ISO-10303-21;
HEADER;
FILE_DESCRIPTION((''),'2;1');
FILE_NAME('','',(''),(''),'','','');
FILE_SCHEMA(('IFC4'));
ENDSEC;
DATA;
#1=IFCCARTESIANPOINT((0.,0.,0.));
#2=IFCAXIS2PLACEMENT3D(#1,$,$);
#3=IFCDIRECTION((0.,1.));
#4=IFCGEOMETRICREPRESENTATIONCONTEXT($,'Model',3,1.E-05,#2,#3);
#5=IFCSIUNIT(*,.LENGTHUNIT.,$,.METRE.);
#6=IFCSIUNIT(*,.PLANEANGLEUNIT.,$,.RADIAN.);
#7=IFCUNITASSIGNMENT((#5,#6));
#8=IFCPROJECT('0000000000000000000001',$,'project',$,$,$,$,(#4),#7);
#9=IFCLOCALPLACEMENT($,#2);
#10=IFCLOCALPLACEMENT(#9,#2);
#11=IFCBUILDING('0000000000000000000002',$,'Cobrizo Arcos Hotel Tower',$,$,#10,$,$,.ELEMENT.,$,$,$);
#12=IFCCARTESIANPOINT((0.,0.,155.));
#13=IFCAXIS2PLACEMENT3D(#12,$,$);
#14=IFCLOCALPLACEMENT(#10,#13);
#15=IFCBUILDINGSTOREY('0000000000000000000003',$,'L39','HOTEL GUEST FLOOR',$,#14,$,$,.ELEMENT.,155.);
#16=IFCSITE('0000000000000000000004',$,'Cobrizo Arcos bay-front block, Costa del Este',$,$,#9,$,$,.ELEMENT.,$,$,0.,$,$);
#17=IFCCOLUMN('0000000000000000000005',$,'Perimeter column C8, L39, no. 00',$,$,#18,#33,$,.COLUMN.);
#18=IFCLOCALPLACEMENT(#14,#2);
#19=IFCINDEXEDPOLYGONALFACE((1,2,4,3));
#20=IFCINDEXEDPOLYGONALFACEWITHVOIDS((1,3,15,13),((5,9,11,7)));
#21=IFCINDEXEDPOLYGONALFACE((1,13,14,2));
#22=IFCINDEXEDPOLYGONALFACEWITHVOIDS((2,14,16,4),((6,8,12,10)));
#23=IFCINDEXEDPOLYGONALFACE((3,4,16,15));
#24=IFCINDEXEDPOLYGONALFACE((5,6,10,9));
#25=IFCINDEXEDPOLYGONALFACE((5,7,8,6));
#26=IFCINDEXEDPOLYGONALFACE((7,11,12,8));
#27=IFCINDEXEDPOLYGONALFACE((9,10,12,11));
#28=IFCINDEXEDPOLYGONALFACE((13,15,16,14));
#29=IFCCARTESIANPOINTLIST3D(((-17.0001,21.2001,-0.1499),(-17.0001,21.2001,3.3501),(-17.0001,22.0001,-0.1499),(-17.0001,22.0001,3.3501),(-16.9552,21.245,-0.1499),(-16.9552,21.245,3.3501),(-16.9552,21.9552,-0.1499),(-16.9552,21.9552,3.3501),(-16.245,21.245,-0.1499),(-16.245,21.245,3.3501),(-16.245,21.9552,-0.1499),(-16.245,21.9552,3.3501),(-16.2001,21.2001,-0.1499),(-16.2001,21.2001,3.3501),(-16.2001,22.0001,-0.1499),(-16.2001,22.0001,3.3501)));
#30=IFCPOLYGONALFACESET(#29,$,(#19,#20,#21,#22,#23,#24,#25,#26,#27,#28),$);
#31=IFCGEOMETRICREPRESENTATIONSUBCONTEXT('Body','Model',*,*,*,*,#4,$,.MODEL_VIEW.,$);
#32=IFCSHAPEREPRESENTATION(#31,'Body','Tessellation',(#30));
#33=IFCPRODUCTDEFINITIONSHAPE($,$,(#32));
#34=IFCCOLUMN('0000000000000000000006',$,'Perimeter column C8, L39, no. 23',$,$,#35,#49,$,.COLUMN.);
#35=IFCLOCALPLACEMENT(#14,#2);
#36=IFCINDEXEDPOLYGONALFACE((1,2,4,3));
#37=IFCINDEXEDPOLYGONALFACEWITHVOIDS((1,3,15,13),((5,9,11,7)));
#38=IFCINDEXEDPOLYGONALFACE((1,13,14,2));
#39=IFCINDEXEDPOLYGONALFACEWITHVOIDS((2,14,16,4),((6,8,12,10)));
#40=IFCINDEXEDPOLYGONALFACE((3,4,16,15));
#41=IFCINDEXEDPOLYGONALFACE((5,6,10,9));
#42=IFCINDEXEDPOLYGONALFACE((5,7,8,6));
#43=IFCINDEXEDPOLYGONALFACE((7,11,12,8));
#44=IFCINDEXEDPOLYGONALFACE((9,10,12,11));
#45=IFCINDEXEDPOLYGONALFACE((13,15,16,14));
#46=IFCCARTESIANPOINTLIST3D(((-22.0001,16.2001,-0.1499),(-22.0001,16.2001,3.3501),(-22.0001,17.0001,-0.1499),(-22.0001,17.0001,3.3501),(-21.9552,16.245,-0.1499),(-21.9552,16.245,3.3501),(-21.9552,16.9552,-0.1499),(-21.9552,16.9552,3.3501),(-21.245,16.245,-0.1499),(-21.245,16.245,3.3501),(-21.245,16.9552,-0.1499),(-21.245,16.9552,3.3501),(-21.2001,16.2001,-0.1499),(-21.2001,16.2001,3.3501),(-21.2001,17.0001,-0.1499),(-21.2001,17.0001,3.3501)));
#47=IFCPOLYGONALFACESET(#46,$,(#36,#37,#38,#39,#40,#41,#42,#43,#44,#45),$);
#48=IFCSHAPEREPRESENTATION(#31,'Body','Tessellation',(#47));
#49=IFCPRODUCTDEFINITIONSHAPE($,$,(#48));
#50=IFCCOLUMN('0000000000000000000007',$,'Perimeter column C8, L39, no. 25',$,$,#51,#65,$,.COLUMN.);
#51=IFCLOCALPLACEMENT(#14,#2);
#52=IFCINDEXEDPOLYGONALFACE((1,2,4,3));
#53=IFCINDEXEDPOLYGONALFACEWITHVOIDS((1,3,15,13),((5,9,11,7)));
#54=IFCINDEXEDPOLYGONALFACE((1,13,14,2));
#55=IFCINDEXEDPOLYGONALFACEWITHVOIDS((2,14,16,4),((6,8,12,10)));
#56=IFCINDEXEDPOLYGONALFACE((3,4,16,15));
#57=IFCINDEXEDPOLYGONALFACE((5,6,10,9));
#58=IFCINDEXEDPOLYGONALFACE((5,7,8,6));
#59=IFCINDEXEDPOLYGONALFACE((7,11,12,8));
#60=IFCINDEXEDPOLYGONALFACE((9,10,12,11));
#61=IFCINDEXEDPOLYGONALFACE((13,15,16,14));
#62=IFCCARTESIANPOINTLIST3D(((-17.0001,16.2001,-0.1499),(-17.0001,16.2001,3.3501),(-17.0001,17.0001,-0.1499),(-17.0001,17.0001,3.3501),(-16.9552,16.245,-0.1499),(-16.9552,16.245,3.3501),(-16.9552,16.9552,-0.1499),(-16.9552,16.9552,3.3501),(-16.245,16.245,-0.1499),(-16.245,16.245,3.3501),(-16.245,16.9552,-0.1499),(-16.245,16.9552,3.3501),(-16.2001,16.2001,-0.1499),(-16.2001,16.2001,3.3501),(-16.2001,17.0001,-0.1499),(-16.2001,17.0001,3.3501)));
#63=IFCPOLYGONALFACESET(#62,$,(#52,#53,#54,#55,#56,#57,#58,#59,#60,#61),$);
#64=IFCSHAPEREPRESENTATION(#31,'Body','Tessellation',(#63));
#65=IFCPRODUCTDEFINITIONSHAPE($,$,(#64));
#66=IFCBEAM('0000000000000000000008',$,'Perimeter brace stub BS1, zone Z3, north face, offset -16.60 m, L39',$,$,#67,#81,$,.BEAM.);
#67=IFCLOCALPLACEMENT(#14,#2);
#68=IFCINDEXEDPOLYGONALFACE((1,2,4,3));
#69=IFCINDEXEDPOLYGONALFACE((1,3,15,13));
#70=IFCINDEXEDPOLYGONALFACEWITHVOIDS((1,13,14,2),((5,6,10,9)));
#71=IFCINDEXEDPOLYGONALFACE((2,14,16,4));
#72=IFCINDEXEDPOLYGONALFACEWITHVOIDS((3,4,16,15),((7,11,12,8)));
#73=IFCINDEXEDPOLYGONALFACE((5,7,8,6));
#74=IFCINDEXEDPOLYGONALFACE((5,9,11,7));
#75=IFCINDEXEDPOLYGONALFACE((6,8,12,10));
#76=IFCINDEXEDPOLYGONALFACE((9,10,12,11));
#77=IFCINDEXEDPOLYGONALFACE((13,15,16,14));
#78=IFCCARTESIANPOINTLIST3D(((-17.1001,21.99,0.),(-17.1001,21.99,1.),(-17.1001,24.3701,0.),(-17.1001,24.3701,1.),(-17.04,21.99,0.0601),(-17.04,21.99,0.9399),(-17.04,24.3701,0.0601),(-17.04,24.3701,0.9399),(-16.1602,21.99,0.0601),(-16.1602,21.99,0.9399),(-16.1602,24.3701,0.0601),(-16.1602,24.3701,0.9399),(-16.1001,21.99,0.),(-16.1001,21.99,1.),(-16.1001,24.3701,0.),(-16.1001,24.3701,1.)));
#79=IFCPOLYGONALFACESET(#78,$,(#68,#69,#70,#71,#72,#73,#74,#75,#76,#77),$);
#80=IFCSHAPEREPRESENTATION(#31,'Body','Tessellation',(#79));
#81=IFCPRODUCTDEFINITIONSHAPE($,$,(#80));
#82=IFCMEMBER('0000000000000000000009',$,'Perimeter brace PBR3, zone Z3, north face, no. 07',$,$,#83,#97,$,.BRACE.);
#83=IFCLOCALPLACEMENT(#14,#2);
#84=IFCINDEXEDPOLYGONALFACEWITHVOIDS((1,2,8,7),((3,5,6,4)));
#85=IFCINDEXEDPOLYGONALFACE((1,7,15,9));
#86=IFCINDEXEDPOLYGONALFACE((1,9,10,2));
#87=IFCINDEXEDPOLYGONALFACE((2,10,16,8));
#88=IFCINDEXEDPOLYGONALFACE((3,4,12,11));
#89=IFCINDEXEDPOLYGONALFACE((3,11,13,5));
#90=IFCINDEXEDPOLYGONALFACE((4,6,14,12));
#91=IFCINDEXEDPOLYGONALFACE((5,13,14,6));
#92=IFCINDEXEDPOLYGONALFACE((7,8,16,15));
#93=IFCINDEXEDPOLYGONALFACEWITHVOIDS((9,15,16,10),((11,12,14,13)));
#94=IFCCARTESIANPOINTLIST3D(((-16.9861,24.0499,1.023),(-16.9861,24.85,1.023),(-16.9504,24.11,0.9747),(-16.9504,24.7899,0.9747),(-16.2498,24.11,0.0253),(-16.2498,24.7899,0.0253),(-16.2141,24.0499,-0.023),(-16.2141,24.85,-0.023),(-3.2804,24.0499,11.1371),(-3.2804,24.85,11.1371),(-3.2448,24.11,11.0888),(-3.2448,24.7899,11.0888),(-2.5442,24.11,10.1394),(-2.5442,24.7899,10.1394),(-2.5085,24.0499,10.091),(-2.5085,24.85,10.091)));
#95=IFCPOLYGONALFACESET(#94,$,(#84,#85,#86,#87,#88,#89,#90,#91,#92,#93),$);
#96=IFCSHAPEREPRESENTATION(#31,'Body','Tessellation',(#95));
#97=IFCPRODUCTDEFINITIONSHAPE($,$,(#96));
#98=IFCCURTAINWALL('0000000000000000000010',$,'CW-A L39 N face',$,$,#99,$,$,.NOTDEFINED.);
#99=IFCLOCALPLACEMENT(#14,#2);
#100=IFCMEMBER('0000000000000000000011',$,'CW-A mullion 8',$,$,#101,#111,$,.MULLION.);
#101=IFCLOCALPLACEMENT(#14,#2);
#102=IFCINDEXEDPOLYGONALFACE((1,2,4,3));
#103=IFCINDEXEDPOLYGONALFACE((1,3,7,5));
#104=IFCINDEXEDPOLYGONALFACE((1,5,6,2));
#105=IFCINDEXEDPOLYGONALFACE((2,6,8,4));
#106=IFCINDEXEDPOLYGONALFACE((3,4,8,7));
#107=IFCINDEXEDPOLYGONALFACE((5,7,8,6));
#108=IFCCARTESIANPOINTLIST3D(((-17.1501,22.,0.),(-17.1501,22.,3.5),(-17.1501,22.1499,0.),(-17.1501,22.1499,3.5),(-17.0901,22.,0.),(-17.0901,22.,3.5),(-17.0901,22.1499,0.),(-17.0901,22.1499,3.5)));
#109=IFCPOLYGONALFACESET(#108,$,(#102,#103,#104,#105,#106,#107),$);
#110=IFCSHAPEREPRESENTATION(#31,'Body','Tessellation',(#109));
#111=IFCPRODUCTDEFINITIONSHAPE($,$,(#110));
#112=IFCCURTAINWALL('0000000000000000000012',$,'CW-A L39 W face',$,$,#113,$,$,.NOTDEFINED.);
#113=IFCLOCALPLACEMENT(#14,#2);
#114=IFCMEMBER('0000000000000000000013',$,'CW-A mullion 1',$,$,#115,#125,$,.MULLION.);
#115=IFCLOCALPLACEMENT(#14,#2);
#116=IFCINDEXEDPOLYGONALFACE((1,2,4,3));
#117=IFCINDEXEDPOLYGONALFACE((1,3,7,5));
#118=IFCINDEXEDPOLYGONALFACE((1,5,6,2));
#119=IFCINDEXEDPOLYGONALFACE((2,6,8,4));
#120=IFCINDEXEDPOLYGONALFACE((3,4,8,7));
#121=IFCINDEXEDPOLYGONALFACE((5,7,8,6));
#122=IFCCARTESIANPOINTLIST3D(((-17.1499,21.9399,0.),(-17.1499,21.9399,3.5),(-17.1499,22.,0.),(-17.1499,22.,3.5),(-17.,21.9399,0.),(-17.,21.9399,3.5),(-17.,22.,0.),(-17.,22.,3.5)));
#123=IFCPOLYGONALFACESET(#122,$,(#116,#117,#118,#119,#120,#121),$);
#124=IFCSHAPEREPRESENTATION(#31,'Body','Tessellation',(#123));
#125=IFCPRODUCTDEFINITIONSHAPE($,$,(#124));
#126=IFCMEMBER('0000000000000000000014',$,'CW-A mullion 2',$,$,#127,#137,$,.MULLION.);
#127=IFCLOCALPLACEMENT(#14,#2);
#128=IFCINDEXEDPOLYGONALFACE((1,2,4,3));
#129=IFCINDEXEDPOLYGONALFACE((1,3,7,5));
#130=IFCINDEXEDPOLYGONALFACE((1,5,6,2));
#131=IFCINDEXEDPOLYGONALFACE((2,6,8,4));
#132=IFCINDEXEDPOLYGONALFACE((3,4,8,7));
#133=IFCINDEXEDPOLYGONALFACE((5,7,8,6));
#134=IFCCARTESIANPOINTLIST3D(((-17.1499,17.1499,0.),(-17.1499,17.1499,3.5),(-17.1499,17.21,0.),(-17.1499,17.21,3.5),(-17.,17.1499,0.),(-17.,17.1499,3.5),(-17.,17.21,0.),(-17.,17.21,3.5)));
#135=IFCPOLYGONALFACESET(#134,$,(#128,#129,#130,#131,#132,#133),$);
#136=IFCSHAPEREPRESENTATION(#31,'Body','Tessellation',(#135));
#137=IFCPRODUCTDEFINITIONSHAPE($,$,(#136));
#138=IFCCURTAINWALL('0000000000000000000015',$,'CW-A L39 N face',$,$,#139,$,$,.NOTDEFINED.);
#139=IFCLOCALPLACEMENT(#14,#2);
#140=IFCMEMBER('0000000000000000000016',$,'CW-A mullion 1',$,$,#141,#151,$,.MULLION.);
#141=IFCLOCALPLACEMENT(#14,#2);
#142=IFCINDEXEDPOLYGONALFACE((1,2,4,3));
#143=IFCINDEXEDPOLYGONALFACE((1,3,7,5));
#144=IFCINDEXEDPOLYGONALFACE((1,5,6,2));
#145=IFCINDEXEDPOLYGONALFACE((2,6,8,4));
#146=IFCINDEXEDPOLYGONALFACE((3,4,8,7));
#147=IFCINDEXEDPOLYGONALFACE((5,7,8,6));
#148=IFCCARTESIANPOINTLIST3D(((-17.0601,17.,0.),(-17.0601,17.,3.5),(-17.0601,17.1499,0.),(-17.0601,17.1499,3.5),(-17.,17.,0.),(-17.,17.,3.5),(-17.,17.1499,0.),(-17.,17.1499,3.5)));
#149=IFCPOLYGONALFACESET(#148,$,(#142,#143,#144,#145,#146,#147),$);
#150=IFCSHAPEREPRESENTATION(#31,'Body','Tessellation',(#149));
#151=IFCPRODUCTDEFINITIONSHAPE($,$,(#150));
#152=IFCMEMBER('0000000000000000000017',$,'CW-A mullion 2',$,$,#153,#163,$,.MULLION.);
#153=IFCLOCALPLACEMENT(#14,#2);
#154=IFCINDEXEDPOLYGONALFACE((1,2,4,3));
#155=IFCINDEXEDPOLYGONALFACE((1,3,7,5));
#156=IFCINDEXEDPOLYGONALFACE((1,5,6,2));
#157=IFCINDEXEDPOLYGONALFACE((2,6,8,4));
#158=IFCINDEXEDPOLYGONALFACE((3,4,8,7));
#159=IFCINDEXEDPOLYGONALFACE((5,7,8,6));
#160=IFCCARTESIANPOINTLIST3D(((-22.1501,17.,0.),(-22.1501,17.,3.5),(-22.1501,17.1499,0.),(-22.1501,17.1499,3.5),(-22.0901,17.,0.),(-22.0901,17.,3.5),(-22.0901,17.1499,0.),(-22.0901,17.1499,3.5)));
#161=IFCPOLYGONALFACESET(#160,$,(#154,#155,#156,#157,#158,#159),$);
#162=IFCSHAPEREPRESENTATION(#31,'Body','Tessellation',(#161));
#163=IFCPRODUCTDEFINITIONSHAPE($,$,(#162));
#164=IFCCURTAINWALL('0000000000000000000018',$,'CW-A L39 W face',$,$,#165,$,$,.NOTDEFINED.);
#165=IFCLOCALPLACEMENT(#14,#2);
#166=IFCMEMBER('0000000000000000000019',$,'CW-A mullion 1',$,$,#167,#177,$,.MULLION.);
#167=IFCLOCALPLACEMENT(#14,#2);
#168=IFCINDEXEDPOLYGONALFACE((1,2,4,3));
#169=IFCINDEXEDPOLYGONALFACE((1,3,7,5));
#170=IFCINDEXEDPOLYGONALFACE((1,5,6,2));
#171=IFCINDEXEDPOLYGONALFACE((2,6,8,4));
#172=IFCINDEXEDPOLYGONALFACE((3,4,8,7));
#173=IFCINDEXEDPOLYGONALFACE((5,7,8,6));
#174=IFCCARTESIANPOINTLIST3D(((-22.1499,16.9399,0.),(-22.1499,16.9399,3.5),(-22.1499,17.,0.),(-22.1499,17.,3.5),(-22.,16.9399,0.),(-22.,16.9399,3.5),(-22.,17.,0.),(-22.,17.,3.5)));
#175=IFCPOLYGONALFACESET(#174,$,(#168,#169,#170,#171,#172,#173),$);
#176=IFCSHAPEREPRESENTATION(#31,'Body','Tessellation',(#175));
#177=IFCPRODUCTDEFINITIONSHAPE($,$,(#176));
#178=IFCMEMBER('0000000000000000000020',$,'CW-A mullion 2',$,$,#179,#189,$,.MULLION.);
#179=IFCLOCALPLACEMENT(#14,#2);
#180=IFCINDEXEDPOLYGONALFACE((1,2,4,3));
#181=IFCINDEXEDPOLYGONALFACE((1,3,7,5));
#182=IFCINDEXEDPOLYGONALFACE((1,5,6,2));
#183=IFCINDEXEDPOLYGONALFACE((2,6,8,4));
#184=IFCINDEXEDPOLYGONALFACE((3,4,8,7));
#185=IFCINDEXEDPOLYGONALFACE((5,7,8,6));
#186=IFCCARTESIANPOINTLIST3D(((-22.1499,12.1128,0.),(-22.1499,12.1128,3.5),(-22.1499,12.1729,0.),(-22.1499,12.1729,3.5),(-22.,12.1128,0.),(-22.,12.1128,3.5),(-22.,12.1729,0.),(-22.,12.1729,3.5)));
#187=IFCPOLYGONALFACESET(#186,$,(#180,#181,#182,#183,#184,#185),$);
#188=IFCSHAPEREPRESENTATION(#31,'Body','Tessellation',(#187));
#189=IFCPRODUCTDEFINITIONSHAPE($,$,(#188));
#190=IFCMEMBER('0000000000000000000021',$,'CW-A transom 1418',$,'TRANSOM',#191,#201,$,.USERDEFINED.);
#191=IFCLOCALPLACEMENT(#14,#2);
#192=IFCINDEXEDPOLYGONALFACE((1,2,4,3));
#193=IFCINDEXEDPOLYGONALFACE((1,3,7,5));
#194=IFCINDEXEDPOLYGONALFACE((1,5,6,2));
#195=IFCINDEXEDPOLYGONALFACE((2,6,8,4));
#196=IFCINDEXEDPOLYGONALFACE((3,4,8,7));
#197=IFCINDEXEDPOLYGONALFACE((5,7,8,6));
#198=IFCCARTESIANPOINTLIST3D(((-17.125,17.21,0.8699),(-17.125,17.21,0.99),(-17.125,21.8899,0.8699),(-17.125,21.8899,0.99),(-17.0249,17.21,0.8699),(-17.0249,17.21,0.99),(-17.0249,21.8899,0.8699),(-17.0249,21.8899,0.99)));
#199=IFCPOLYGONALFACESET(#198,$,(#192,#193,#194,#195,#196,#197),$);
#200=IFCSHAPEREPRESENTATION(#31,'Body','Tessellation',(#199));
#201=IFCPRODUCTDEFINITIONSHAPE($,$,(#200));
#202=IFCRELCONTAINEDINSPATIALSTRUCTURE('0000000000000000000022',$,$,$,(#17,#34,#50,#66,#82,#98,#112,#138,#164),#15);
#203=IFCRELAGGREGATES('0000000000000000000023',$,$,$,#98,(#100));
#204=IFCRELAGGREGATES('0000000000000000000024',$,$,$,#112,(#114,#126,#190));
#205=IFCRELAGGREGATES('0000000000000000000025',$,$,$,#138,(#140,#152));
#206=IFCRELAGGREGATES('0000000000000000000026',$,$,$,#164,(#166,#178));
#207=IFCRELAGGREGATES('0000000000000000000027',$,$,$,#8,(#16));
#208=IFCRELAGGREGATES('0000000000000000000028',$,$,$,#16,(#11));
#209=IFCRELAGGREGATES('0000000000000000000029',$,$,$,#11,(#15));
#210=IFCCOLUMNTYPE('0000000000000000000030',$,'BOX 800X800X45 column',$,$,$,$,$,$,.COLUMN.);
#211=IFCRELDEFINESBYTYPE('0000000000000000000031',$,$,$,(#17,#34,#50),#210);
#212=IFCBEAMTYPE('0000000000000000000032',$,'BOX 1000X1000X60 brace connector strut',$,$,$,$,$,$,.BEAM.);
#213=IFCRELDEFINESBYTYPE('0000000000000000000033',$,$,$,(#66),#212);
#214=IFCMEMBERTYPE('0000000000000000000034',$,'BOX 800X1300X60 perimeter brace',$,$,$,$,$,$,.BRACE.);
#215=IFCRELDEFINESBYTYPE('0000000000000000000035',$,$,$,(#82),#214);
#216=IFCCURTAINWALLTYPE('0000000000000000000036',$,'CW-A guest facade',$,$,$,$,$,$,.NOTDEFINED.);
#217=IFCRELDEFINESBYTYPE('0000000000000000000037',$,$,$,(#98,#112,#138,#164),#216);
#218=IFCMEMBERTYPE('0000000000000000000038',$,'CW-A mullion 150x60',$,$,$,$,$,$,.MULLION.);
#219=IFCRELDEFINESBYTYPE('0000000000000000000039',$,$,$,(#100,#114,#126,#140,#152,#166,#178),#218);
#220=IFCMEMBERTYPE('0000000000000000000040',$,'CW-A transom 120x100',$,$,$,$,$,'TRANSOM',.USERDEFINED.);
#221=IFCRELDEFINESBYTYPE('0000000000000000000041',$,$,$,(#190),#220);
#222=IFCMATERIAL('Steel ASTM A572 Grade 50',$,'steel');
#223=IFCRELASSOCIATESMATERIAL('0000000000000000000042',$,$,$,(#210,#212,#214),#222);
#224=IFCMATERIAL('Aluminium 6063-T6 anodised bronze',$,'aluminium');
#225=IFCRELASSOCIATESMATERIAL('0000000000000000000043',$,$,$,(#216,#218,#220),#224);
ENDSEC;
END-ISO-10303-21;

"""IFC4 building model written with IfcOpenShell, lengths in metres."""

from ifc_helpers import new_model, si_unit, direction, frame, origin, origin_2d, place, context, subcontext, project, spatial, rectangle, hollow_rectangle, extrude, material, material_profile, profile_set, type_object, element, aggregate, save


model = new_model("IFC4")

# Units and contexts
model_context = context("Model", 3, precision=1e-05, world=origin(), true_north=direction((0.0, 1.0)))
body_context = subcontext(model_context, "Body", "Model", "MODEL_VIEW")
ifc_project = project(units=[si_unit("LENGTHUNIT", "METRE"), si_unit("PLANEANGLEUNIT", "RADIAN")], contexts=[model_context])

# Site, building, storey
site_placement = place(None, origin())
site = spatial("IfcSite", under=ifc_project, at=site_placement, Name="Cobrizo Arcos bay-front block, Costa del Este", CompositionType="ELEMENT", RefElevation=0.0)
building_placement = place(site_placement, origin())
building = spatial("IfcBuilding", under=site, at=building_placement, Name="Cobrizo Arcos Hotel Tower", CompositionType="ELEMENT")
storey_placement = place(building_placement, frame((0.0, 0.0, 155.0)))
storey = spatial("IfcBuildingStorey", under=building, at=storey_placement, Name="L39", Description="HOTEL GUEST FLOOR", CompositionType="ELEMENT", Elevation=155.0)

# Columns
ifc_material_1 = material(Name="Steel ASTM A572 Grade 50", Category="steel")
ifc_material_profile_1 = material_profile(ifc_material_1, hollow_rectangle(XDim=0.8, YDim=0.8, WallThickness=0.0449, at=origin_2d()), Name="BOX 800X800X45")
ifc_profile_set_1 = profile_set([ifc_material_profile_1], Name="Steel ASTM A572 Grade 50")
column_type = type_object("IfcColumnType", Name="BOX 800X800X45 column", PredefinedType="COLUMN", material=ifc_profile_set_1)
for number, where, z_axis, x_axis, name in (
    (1, (-16.6001, 21.6001, -0.1499), (0.0, 0.0, 1.0), (1.0, 0.0, 0.0), "Perimeter column C8, L39, no. 00"),
    (2, (-21.6001, 16.6001, -0.1499), (0.0, 0.0, 1.0), (1.0, 0.0, 0.0), "Perimeter column C8, L39, no. 23"),
    (3, (-16.6001, 16.6001, -0.1499), (0.0, 0.0, 1.0), (1.0, 0.0, 0.0), "Perimeter column C8, L39, no. 25"),
):
    element("IfcColumn", number, at=place(storey_placement, frame(where, z_axis=z_axis, x_axis=x_axis)), inside=storey, type_object=column_type, Name=name, PredefinedType="COLUMN", context=body_context, shape_type="SweptSolid", body=[
        extrude(hollow_rectangle(XDim=0.8, YDim=0.8, WallThickness=0.0449, at=origin_2d()), origin(), (0.0, 0.0, 1.0), 3.5),
    ])

# Beam
ifc_material_profile_2 = material_profile(ifc_material_1, hollow_rectangle(XDim=1.0, YDim=1.0, WallThickness=0.0601, at=origin_2d()), Name="BOX 1000X1000X60")
ifc_profile_set_2 = profile_set([ifc_material_profile_2], Name="Steel ASTM A572 Grade 50")
beam_type_1 = type_object("IfcBeamType", Name="BOX 1000X1000X60 brace connector strut", PredefinedType="BEAM", material=ifc_profile_set_2)
beam_1_placement = place(storey_placement, frame((-16.6001, 21.99, 0.5), z_axis=(0.0, 1.0, 0.0), x_axis=(-1.0, 0.0, 0.0)))
element("IfcBeam", 4, at=beam_1_placement, inside=storey, type_object=beam_type_1, Name="Perimeter brace stub BS1, zone Z3, north face, offset -16.60 m, L39", PredefinedType="BEAM", context=body_context, shape_type="SweptSolid", body=[
    extrude(hollow_rectangle(XDim=1.0, YDim=1.0, WallThickness=0.0601, at=origin_2d()), origin(), (0.0, 0.0, 1.0), 2.3801),
])

# Member
ifc_material_profile_3 = material_profile(ifc_material_1, hollow_rectangle(XDim=0.8, YDim=1.3, WallThickness=0.0601, at=origin_2d()), Name="BOX 800X1300X60")
ifc_profile_set_3 = profile_set([ifc_material_profile_3], Name="Steel ASTM A572 Grade 50")
member_type_1 = type_object("IfcMemberType", Name="BOX 800X1300X60 perimeter brace", PredefinedType="BRACE", material=ifc_profile_set_3)
member_1_placement = place(storey_placement, frame((-16.6001, 24.45, 0.5), z_axis=(0.80463, 0.0, 0.593776), x_axis=(0.0, 1.0, 0.0)))
element("IfcMember", 5, at=member_1_placement, inside=storey, type_object=member_type_1, Name="Perimeter brace PBR3, zone Z3, north face, no. 07", PredefinedType="BRACE", context=body_context, shape_type="SweptSolid", body=[
    extrude(hollow_rectangle(XDim=0.8, YDim=1.3, WallThickness=0.0601, at=origin_2d()), origin(), (0.0, 0.0, 1.0), 17.0334),
])

# Curtain wall, member
ifc_material_2 = material(Name="Aluminium 6063-T6 anodised bronze", Category="aluminium")
curtain_wall_type = type_object("IfcCurtainWallType", Name="CW-A guest facade", PredefinedType="NOTDEFINED", material=ifc_material_2)
curtain_wall_1_placement = place(storey_placement, origin())
curtain_wall_1 = element("IfcCurtainWall", 6, at=curtain_wall_1_placement, inside=storey, type_object=curtain_wall_type, Name="CW-A L39 N face", PredefinedType="NOTDEFINED")
ifc_material_profile_4 = material_profile(ifc_material_2, rectangle(XDim=0.1499, YDim=0.0601, at=origin_2d()), Name="CW-A mullion 150x60")
ifc_profile_set_4 = profile_set([ifc_material_profile_4], Name="Aluminium 6063-T6 anodised bronze")
member_type_2 = type_object("IfcMemberType", Name="CW-A mullion 150x60", PredefinedType="MULLION", material=ifc_profile_set_4)
member_2_placement = place(storey_placement, frame((-17.1201, 22.075, 0.0), z_axis=(0.0, 0.0, 1.0), x_axis=(0.0, 1.0, 0.0)))
member_2 = element("IfcMember", 7, at=member_2_placement, type_object=member_type_2, Name="CW-A mullion 8", PredefinedType="MULLION", context=body_context, shape_type="SweptSolid", body=[
    extrude(rectangle(XDim=0.1499, YDim=0.0601, at=origin_2d()), origin(), (0.0, 0.0, 1.0), 3.5),
])

# Curtain walls, members
curtain_wall_2_placement = place(storey_placement, origin())
curtain_wall_2 = element("IfcCurtainWall", 8, at=curtain_wall_2_placement, inside=storey, type_object=curtain_wall_type, Name="CW-A L39 W face", PredefinedType="NOTDEFINED")
member_3_placement = place(storey_placement, frame((-17.075, 21.97, 0.0), z_axis=(0.0, 0.0, 1.0), x_axis=(-1.0, 0.0, 0.0)))
member_3 = element("IfcMember", 9, at=member_3_placement, type_object=member_type_2, Name="CW-A mullion 1", PredefinedType="MULLION", context=body_context, shape_type="SweptSolid", body=[
    extrude(rectangle(XDim=0.1499, YDim=0.0601, at=origin_2d()), origin(), (0.0, 0.0, 1.0), 3.5),
])
member_4_placement = place(storey_placement, frame((-17.075, 17.1799, 0.0), z_axis=(0.0, 0.0, 1.0), x_axis=(-1.0, 0.0, 0.0)))
member_4 = element("IfcMember", 10, at=member_4_placement, type_object=member_type_2, Name="CW-A mullion 2", PredefinedType="MULLION", context=body_context, shape_type="SweptSolid", body=[
    extrude(rectangle(XDim=0.1499, YDim=0.0601, at=origin_2d()), origin(), (0.0, 0.0, 1.0), 3.5),
])
curtain_wall_3_placement = place(storey_placement, origin())
curtain_wall_3 = element("IfcCurtainWall", 11, at=curtain_wall_3_placement, inside=storey, type_object=curtain_wall_type, Name="CW-A L39 N face", PredefinedType="NOTDEFINED")
member_5_placement = place(storey_placement, frame((-17.03, 17.075, 0.0), z_axis=(0.0, 0.0, 1.0), x_axis=(0.0, 1.0, 0.0)))
member_5 = element("IfcMember", 12, at=member_5_placement, type_object=member_type_2, Name="CW-A mullion 1", PredefinedType="MULLION", context=body_context, shape_type="SweptSolid", body=[
    extrude(rectangle(XDim=0.1499, YDim=0.0601, at=origin_2d()), origin(), (0.0, 0.0, 1.0), 3.5),
])
member_6_placement = place(storey_placement, frame((-22.1201, 17.075, 0.0), z_axis=(0.0, 0.0, 1.0), x_axis=(0.0, 1.0, 0.0)))
member_6 = element("IfcMember", 13, at=member_6_placement, type_object=member_type_2, Name="CW-A mullion 2", PredefinedType="MULLION", context=body_context, shape_type="SweptSolid", body=[
    extrude(rectangle(XDim=0.1499, YDim=0.0601, at=origin_2d()), origin(), (0.0, 0.0, 1.0), 3.5),
])
curtain_wall_4_placement = place(storey_placement, origin())
curtain_wall_4 = element("IfcCurtainWall", 14, at=curtain_wall_4_placement, inside=storey, type_object=curtain_wall_type, Name="CW-A L39 W face", PredefinedType="NOTDEFINED")
member_7_placement = place(storey_placement, frame((-22.075, 16.97, 0.0), z_axis=(0.0, 0.0, 1.0), x_axis=(-1.0, 0.0, 0.0)))
member_7 = element("IfcMember", 15, at=member_7_placement, type_object=member_type_2, Name="CW-A mullion 1", PredefinedType="MULLION", context=body_context, shape_type="SweptSolid", body=[
    extrude(rectangle(XDim=0.1499, YDim=0.0601, at=origin_2d()), origin(), (0.0, 0.0, 1.0), 3.5),
])
member_8_placement = place(storey_placement, frame((-22.075, 12.1428, 0.0), z_axis=(0.0, 0.0, 1.0), x_axis=(-1.0, 0.0, 0.0)))
member_8 = element("IfcMember", 16, at=member_8_placement, type_object=member_type_2, Name="CW-A mullion 2", PredefinedType="MULLION", context=body_context, shape_type="SweptSolid", body=[
    extrude(rectangle(XDim=0.1499, YDim=0.0601, at=origin_2d()), origin(), (0.0, 0.0, 1.0), 3.5),
])

# Member
ifc_material_profile_5 = material_profile(ifc_material_2, rectangle(XDim=0.1001, YDim=0.1201, at=origin_2d()), Name="CW-A transom 120x100")
ifc_profile_set_5 = profile_set([ifc_material_profile_5], Name="Aluminium 6063-T6 anodised bronze")
member_type_3 = type_object("IfcMemberType", Name="CW-A transom 120x100", ElementType="TRANSOM", PredefinedType="USERDEFINED", material=ifc_profile_set_5)
member_9_placement = place(storey_placement, frame((-17.075, 21.8899, 0.9299), z_axis=(0.0, -1.0, 0.0), x_axis=(1.0, 0.0, 0.0)))
member_9 = element("IfcMember", 17, at=member_9_placement, type_object=member_type_3, Name="CW-A transom 1418", ObjectType="TRANSOM", PredefinedType="USERDEFINED", context=body_context, shape_type="SweptSolid", body=[
    extrude(rectangle(XDim=0.1001, YDim=0.1201, at=origin_2d()), origin(), (0.0, 0.0, 1.0), 4.6799),
])

aggregate(curtain_wall_1, [member_2])
aggregate(curtain_wall_2, [member_3, member_4, member_9])
aggregate(curtain_wall_3, [member_5, member_6])
aggregate(curtain_wall_4, [member_7, member_8])

save(model, "model.ifc")
